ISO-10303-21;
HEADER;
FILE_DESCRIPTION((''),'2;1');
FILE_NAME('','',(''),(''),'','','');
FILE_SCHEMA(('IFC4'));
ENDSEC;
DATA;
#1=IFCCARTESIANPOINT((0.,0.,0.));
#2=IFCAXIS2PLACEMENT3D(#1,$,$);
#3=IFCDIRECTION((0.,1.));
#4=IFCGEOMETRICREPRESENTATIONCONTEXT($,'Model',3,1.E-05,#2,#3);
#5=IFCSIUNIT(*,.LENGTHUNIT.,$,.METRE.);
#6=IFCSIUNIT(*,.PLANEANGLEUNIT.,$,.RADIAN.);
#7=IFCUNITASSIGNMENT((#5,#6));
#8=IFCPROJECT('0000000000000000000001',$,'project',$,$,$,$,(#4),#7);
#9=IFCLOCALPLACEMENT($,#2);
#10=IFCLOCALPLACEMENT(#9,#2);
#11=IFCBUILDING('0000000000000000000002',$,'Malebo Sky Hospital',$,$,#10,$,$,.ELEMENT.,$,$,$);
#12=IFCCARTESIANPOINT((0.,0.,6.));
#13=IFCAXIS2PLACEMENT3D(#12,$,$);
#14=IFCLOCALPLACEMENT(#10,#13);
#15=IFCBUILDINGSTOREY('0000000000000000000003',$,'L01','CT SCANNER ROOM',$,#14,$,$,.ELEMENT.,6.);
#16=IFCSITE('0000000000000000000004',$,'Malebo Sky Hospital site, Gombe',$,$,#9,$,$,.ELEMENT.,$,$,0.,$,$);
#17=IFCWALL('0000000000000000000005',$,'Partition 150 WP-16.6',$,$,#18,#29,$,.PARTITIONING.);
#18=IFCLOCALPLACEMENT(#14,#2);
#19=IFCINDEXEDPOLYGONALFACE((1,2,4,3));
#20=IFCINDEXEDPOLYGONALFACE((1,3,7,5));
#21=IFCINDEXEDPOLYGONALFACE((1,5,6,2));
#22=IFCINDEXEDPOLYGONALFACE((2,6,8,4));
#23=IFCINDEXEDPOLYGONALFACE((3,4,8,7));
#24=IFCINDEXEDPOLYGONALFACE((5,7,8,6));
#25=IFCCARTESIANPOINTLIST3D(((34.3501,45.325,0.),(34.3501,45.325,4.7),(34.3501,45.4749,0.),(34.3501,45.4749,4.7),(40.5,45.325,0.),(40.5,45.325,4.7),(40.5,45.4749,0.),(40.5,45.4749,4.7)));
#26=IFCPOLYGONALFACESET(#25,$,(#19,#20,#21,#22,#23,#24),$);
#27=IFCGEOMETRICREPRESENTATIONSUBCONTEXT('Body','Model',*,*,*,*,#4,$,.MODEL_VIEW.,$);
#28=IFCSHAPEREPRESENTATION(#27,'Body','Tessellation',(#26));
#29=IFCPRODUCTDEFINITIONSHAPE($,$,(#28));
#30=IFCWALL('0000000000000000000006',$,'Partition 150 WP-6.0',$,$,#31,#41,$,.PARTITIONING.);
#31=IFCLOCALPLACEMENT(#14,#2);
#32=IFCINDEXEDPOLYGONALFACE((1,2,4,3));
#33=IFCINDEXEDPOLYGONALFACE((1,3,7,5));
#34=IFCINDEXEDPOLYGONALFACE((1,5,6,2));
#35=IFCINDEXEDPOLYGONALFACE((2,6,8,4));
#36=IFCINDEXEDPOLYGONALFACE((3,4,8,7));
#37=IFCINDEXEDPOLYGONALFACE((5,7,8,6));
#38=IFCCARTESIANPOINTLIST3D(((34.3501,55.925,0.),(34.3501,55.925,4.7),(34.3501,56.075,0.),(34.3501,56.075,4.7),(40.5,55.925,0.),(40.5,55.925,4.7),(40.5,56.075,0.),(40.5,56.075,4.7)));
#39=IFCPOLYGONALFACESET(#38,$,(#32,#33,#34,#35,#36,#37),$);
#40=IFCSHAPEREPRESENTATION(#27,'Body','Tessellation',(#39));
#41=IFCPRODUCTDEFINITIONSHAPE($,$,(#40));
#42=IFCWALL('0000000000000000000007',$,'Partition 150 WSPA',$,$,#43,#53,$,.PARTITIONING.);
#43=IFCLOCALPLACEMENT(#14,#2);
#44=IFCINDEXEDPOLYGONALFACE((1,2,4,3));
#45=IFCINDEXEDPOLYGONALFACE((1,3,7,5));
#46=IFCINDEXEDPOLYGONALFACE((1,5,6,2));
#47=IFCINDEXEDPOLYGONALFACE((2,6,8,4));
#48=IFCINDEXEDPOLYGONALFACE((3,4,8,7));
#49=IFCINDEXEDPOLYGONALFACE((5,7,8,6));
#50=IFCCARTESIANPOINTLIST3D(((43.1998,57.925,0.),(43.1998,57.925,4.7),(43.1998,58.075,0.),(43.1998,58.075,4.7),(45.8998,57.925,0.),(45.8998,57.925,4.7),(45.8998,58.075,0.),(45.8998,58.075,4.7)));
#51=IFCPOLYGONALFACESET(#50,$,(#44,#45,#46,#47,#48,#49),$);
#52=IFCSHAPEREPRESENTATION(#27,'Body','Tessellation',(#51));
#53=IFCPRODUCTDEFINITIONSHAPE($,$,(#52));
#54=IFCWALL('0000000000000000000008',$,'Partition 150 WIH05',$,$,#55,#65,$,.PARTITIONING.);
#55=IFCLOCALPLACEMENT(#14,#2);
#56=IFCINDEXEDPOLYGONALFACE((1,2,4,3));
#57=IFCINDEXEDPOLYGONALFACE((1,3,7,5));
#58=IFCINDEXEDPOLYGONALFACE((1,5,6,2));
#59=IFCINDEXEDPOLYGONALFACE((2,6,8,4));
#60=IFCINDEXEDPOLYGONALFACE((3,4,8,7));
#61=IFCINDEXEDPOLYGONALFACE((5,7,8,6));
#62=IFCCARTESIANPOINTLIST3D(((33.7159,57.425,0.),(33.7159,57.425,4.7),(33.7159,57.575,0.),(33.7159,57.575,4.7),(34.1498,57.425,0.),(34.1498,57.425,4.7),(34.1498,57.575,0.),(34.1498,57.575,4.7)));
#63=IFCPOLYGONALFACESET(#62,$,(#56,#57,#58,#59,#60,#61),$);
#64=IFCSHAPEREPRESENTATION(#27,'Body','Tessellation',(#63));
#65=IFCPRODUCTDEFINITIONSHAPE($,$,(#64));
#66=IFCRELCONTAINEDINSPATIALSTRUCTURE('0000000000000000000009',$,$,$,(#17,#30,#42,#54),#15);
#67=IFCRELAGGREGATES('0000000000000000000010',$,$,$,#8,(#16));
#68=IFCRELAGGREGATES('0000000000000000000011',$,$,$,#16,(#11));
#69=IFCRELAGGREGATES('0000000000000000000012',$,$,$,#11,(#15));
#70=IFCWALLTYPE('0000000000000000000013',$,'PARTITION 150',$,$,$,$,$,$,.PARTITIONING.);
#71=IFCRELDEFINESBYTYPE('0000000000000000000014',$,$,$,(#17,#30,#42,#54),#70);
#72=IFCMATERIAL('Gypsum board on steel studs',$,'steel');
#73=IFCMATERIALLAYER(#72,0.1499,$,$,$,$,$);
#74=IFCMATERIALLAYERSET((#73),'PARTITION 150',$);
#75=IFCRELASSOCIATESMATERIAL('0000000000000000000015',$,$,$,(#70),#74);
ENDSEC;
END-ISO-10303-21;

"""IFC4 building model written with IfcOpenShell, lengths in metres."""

from ifc_helpers import new_model, si_unit, direction, frame, frame_2d, origin, place, context, subcontext, project, spatial, rectangle, extrude, material, layer, layer_set, type_object, element, save


model = new_model("IFC4")

# Units and contexts
model_context = context("Model", 3, precision=1e-05, world=origin(), true_north=direction((0.0, 1.0)))
body_context = subcontext(model_context, "Body", "Model", "MODEL_VIEW")
ifc_project = project(units=[si_unit("LENGTHUNIT", "METRE"), si_unit("PLANEANGLEUNIT", "RADIAN")], contexts=[model_context])

# Site, building, storey
site_placement = place(None, origin())
site = spatial("IfcSite", under=ifc_project, at=site_placement, Name="Malebo Sky Hospital site, Gombe", CompositionType="ELEMENT", RefElevation=0.0)
building_placement = place(site_placement, origin())
building = spatial("IfcBuilding", under=site, at=building_placement, Name="Malebo Sky Hospital", CompositionType="ELEMENT")
storey_placement = place(building_placement, frame((0.0, 0.0, 6.0)))
storey = spatial("IfcBuildingStorey", under=building, at=storey_placement, Name="L01", Description="CT SCANNER ROOM", CompositionType="ELEMENT", Elevation=6.0)

# Shared definitions
ifc_material_1 = material(Name="Gypsum board on steel studs", Category="steel")

# Walls
ifc_layer_1 = layer(ifc_material_1, 0.1499)
ifc_layer_set_1 = layer_set([ifc_layer_1], Name="PARTITION 150")
wall_type_1 = type_object("IfcWallType", Name="PARTITION 150", PredefinedType="PARTITIONING", material=ifc_layer_set_1)
for number, where, z_axis, x_axis, name in (
    (1, (40.5, 45.3999, 0.0), (0.0, 0.0, 1.0), (-1.0, 0.0, 0.0), "Partition 150 WP-16.6"),
    (2, (40.5, 56.0, 0.0), (0.0, 0.0, 1.0), (-1.0, 0.0, 0.0), "Partition 150 WP-6.0"),
):
    element("IfcWall", number, at=place(storey_placement, frame(where, z_axis=z_axis, x_axis=x_axis)), inside=storey, type_object=wall_type_1, Name=name, PredefinedType="PARTITIONING", context=body_context, shape_type="SweptSolid", body=[
        extrude(rectangle(XDim=6.1499, YDim=0.1499, at=frame_2d((3.075, 0.0))), origin(), (0.0, 0.0, 1.0), 4.7),
    ])
wall_1_placement = place(storey_placement, frame((45.8999, 58.0, 0.0), z_axis=(0.0, 0.0, 1.0), x_axis=(-1.0, 0.0, 0.0)))
element("IfcWall", 3, at=wall_1_placement, inside=storey, type_object=wall_type_1, Name="Partition 150 WSPA", PredefinedType="PARTITIONING", context=body_context, shape_type="SweptSolid", body=[
    extrude(rectangle(XDim=2.7, YDim=0.1499, at=frame_2d((1.3501, 0.0))), origin(), (0.0, 0.0, 1.0), 4.7),
])
wall_2_placement = place(storey_placement, frame((33.7161, 57.5, 0.0), z_axis=(0.0, 0.0, 1.0), x_axis=(1.0, 0.0, 0.0)))
element("IfcWall", 4, at=wall_2_placement, inside=storey, type_object=wall_type_1, Name="Partition 150 WIH05", PredefinedType="PARTITIONING", context=body_context, shape_type="SweptSolid", body=[
    extrude(rectangle(XDim=0.4338, YDim=0.1499, at=frame_2d((0.2168, 0.0))), origin(), (0.0, 0.0, 1.0), 4.7),
])

save(model, "model.ifc")
